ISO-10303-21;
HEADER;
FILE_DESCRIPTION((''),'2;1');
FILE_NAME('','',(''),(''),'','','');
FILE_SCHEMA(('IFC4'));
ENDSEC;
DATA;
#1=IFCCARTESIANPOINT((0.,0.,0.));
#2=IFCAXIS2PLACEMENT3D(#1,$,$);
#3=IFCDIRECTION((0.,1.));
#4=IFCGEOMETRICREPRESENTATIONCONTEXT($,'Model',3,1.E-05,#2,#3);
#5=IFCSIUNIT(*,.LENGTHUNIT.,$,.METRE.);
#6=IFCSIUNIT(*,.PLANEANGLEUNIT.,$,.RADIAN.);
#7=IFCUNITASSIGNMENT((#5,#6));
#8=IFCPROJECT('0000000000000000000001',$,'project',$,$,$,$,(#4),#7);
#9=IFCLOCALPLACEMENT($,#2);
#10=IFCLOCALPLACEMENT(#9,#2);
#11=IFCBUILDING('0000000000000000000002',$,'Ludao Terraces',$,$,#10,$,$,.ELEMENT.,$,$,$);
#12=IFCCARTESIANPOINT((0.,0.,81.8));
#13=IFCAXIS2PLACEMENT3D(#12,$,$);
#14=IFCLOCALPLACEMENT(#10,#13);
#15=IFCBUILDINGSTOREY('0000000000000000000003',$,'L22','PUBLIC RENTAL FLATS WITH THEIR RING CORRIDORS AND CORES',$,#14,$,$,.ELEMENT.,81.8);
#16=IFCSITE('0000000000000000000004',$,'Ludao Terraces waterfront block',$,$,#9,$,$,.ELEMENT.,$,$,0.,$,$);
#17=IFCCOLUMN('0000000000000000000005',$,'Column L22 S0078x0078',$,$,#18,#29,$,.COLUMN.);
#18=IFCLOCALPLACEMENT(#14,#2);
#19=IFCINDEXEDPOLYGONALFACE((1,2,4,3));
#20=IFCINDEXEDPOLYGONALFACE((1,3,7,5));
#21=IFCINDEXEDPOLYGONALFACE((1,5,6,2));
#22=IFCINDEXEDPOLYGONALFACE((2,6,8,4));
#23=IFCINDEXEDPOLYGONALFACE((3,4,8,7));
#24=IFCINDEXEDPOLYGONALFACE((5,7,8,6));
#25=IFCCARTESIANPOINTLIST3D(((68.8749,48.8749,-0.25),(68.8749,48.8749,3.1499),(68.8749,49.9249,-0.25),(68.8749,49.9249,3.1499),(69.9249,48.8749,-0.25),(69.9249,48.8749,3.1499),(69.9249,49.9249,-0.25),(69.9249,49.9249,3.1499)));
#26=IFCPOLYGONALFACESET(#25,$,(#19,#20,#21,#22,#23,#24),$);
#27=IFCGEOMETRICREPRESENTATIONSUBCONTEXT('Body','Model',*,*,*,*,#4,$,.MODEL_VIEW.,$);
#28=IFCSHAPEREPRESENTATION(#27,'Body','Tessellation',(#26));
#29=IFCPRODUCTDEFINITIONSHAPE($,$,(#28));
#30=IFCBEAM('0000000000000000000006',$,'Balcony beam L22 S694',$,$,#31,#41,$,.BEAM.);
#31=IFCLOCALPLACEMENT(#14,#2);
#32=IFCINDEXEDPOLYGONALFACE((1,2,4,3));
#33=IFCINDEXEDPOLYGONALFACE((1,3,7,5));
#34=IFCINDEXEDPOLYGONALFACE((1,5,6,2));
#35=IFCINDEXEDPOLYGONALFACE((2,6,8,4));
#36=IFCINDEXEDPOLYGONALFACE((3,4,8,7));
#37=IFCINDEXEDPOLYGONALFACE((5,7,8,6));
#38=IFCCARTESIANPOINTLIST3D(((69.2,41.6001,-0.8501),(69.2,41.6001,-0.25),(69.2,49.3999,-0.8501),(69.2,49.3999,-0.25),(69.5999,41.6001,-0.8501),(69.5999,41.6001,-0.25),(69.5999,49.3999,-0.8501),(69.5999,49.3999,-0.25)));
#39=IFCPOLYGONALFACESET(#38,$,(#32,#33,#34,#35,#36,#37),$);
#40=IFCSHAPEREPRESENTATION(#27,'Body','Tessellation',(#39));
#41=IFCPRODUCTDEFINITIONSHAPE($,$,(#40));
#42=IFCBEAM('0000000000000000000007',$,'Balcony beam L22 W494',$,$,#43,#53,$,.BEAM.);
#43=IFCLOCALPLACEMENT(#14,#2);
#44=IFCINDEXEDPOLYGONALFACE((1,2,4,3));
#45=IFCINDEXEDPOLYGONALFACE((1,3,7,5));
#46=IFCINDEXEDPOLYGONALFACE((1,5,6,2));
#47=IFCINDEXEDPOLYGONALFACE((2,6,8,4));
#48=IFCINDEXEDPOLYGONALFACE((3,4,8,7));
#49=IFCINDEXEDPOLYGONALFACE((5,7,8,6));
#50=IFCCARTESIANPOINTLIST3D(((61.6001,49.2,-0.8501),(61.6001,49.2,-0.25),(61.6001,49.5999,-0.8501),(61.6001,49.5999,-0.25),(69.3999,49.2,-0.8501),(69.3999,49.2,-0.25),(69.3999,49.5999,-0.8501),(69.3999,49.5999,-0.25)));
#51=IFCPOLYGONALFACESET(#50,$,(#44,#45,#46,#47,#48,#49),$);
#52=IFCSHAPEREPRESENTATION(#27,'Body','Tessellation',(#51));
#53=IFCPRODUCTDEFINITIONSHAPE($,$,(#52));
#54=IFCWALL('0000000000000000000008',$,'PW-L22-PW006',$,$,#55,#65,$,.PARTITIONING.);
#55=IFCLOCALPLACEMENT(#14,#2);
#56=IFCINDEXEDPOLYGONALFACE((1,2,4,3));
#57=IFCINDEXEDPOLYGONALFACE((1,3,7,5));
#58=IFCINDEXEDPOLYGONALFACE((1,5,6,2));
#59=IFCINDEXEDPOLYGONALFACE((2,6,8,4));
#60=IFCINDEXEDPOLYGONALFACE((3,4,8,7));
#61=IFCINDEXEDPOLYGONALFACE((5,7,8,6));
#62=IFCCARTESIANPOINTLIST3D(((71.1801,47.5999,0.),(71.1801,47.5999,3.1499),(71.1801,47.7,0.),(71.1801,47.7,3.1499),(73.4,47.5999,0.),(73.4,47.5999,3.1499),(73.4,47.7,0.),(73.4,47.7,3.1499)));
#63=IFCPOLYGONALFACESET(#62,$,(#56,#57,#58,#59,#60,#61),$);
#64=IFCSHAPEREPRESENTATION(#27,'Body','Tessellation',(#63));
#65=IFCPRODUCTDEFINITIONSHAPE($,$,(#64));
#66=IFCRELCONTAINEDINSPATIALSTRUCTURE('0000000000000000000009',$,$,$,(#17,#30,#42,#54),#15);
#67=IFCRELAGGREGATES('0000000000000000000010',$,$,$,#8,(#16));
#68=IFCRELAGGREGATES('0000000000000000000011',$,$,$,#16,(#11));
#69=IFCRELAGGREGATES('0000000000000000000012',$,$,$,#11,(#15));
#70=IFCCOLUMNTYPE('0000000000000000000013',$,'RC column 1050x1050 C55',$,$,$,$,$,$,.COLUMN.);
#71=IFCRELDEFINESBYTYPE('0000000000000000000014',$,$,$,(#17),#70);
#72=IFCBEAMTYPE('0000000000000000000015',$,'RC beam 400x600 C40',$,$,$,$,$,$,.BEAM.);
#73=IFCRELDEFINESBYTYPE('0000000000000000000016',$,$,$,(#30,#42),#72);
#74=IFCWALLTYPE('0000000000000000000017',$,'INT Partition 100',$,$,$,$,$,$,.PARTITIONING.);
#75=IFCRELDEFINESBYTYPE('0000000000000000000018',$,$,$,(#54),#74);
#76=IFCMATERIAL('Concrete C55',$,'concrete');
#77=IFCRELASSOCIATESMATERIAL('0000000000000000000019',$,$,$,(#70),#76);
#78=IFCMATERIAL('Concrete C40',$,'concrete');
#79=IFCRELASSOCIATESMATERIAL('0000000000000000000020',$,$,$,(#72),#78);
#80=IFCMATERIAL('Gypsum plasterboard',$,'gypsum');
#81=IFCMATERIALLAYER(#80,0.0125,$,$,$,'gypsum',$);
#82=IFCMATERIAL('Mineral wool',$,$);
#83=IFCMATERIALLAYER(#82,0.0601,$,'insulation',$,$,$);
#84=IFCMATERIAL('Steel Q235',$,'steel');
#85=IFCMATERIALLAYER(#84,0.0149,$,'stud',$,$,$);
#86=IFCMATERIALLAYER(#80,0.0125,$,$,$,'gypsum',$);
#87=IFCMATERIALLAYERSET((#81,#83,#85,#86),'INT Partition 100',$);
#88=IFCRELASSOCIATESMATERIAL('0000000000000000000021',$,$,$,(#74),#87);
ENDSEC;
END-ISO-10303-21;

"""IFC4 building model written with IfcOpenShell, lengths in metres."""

from ifc_helpers import new_model, si_unit, direction, frame, frame_2d, origin, origin_2d, place, context, subcontext, project, spatial, rectangle, extrude, material, layer, layer_set, material_profile, profile_set, type_object, element, save


model = new_model("IFC4")

# Units and contexts
model_context = context("Model", 3, precision=1e-05, world=origin(), true_north=direction((0.0, 1.0)))
body_context = subcontext(model_context, "Body", "Model", "MODEL_VIEW")
ifc_project = project(units=[si_unit("LENGTHUNIT", "METRE"), si_unit("PLANEANGLEUNIT", "RADIAN")], contexts=[model_context])

# Site, building, storey
site_placement = place(None, origin())
site = spatial("IfcSite", under=ifc_project, at=site_placement, Name="Ludao Terraces waterfront block", CompositionType="ELEMENT", RefElevation=0.0)
building_placement = place(site_placement, origin())
building = spatial("IfcBuilding", under=site, at=building_placement, Name="Ludao Terraces", CompositionType="ELEMENT")
storey_placement = place(building_placement, frame((0.0, 0.0, 81.8)))
storey = spatial("IfcBuildingStorey", under=building, at=storey_placement, Name="L22", Description="PUBLIC RENTAL FLATS WITH THEIR RING CORRIDORS AND CORES", CompositionType="ELEMENT", Elevation=81.8)

# Column
ifc_material_1 = material(Name="Concrete C55", Category="concrete")
ifc_material_profile_1 = material_profile(ifc_material_1, rectangle(XDim=1.05, YDim=1.05, at=origin_2d()), Name="1050 X 1050")
ifc_profile_set_1 = profile_set([ifc_material_profile_1], Name="Concrete C55")
column_type = type_object("IfcColumnType", Name="RC column 1050x1050 C55", PredefinedType="COLUMN", material=ifc_profile_set_1)
column_placement = place(storey_placement, frame((69.3999, 49.3999, -0.25), z_axis=(0.0, 0.0, 1.0), x_axis=(1.0, 0.0, 0.0)))
element("IfcColumn", 1, at=column_placement, inside=storey, type_object=column_type, Name="Column L22 S0078x0078", PredefinedType="COLUMN", context=body_context, shape_type="SweptSolid", body=[
    extrude(rectangle(XDim=1.05, YDim=1.05, at=origin_2d()), origin(), (0.0, 0.0, 1.0), 3.3999),
])

# Beams
ifc_material_2 = material(Name="Concrete C40", Category="concrete")
ifc_material_profile_2 = material_profile(ifc_material_2, rectangle(XDim=0.3999, YDim=0.6001, at=origin_2d()), Name="400 X 600")
ifc_profile_set_2 = profile_set([ifc_material_profile_2], Name="Concrete C40")
beam_type = type_object("IfcBeamType", Name="RC beam 400x600 C40", PredefinedType="BEAM", material=ifc_profile_set_2)
for number, where, z_axis, x_axis, name in (
    (2, (69.3999, 49.3999, -0.55), (0.0, -1.0, 0.0), (1.0, 0.0, 0.0), "Balcony beam L22 S694"),
    (3, (69.3999, 49.3999, -0.55), (-1.0, 0.0, 0.0), (0.0, -1.0, 0.0), "Balcony beam L22 W494"),
):
    element("IfcBeam", number, at=place(storey_placement, frame(where, z_axis=z_axis, x_axis=x_axis)), inside=storey, type_object=beam_type, Name=name, PredefinedType="BEAM", context=body_context, shape_type="SweptSolid", body=[
        extrude(rectangle(XDim=0.3999, YDim=0.6001, at=origin_2d()), origin(), (0.0, 0.0, 1.0), 7.7998),
    ])

# Wall
ifc_material_3 = material(Name="Gypsum plasterboard", Category="gypsum")
ifc_layer_1 = layer(ifc_material_3, 0.0125, Category="gypsum")
ifc_material_4 = material(Name="Mineral wool")
ifc_layer_2 = layer(ifc_material_4, 0.0601, Name="insulation")
ifc_material_5 = material(Name="Steel Q235", Category="steel")
ifc_layer_3 = layer(ifc_material_5, 0.0149, Name="stud")
ifc_layer_4 = layer(ifc_material_3, 0.0125, Category="gypsum")
ifc_layer_set = layer_set([ifc_layer_1, ifc_layer_2, ifc_layer_3, ifc_layer_4], Name="INT Partition 100")
wall_type = type_object("IfcWallType", Name="INT Partition 100", PredefinedType="PARTITIONING", material=ifc_layer_set)
wall_placement = place(storey_placement, frame((71.1802, 47.6499, 0.0), z_axis=(0.0, 0.0, 1.0), x_axis=(1.0, 0.0, 0.0)))
element("IfcWall", 4, at=wall_placement, inside=storey, type_object=wall_type, Name="PW-L22-PW006", PredefinedType="PARTITIONING", context=body_context, shape_type="SweptSolid", body=[
    extrude(rectangle(XDim=2.22, YDim=0.1001, at=frame_2d((1.1099, 0.0))), origin(), (0.0, 0.0, 1.0), 3.1499),
])

save(model, "model.ifc")
